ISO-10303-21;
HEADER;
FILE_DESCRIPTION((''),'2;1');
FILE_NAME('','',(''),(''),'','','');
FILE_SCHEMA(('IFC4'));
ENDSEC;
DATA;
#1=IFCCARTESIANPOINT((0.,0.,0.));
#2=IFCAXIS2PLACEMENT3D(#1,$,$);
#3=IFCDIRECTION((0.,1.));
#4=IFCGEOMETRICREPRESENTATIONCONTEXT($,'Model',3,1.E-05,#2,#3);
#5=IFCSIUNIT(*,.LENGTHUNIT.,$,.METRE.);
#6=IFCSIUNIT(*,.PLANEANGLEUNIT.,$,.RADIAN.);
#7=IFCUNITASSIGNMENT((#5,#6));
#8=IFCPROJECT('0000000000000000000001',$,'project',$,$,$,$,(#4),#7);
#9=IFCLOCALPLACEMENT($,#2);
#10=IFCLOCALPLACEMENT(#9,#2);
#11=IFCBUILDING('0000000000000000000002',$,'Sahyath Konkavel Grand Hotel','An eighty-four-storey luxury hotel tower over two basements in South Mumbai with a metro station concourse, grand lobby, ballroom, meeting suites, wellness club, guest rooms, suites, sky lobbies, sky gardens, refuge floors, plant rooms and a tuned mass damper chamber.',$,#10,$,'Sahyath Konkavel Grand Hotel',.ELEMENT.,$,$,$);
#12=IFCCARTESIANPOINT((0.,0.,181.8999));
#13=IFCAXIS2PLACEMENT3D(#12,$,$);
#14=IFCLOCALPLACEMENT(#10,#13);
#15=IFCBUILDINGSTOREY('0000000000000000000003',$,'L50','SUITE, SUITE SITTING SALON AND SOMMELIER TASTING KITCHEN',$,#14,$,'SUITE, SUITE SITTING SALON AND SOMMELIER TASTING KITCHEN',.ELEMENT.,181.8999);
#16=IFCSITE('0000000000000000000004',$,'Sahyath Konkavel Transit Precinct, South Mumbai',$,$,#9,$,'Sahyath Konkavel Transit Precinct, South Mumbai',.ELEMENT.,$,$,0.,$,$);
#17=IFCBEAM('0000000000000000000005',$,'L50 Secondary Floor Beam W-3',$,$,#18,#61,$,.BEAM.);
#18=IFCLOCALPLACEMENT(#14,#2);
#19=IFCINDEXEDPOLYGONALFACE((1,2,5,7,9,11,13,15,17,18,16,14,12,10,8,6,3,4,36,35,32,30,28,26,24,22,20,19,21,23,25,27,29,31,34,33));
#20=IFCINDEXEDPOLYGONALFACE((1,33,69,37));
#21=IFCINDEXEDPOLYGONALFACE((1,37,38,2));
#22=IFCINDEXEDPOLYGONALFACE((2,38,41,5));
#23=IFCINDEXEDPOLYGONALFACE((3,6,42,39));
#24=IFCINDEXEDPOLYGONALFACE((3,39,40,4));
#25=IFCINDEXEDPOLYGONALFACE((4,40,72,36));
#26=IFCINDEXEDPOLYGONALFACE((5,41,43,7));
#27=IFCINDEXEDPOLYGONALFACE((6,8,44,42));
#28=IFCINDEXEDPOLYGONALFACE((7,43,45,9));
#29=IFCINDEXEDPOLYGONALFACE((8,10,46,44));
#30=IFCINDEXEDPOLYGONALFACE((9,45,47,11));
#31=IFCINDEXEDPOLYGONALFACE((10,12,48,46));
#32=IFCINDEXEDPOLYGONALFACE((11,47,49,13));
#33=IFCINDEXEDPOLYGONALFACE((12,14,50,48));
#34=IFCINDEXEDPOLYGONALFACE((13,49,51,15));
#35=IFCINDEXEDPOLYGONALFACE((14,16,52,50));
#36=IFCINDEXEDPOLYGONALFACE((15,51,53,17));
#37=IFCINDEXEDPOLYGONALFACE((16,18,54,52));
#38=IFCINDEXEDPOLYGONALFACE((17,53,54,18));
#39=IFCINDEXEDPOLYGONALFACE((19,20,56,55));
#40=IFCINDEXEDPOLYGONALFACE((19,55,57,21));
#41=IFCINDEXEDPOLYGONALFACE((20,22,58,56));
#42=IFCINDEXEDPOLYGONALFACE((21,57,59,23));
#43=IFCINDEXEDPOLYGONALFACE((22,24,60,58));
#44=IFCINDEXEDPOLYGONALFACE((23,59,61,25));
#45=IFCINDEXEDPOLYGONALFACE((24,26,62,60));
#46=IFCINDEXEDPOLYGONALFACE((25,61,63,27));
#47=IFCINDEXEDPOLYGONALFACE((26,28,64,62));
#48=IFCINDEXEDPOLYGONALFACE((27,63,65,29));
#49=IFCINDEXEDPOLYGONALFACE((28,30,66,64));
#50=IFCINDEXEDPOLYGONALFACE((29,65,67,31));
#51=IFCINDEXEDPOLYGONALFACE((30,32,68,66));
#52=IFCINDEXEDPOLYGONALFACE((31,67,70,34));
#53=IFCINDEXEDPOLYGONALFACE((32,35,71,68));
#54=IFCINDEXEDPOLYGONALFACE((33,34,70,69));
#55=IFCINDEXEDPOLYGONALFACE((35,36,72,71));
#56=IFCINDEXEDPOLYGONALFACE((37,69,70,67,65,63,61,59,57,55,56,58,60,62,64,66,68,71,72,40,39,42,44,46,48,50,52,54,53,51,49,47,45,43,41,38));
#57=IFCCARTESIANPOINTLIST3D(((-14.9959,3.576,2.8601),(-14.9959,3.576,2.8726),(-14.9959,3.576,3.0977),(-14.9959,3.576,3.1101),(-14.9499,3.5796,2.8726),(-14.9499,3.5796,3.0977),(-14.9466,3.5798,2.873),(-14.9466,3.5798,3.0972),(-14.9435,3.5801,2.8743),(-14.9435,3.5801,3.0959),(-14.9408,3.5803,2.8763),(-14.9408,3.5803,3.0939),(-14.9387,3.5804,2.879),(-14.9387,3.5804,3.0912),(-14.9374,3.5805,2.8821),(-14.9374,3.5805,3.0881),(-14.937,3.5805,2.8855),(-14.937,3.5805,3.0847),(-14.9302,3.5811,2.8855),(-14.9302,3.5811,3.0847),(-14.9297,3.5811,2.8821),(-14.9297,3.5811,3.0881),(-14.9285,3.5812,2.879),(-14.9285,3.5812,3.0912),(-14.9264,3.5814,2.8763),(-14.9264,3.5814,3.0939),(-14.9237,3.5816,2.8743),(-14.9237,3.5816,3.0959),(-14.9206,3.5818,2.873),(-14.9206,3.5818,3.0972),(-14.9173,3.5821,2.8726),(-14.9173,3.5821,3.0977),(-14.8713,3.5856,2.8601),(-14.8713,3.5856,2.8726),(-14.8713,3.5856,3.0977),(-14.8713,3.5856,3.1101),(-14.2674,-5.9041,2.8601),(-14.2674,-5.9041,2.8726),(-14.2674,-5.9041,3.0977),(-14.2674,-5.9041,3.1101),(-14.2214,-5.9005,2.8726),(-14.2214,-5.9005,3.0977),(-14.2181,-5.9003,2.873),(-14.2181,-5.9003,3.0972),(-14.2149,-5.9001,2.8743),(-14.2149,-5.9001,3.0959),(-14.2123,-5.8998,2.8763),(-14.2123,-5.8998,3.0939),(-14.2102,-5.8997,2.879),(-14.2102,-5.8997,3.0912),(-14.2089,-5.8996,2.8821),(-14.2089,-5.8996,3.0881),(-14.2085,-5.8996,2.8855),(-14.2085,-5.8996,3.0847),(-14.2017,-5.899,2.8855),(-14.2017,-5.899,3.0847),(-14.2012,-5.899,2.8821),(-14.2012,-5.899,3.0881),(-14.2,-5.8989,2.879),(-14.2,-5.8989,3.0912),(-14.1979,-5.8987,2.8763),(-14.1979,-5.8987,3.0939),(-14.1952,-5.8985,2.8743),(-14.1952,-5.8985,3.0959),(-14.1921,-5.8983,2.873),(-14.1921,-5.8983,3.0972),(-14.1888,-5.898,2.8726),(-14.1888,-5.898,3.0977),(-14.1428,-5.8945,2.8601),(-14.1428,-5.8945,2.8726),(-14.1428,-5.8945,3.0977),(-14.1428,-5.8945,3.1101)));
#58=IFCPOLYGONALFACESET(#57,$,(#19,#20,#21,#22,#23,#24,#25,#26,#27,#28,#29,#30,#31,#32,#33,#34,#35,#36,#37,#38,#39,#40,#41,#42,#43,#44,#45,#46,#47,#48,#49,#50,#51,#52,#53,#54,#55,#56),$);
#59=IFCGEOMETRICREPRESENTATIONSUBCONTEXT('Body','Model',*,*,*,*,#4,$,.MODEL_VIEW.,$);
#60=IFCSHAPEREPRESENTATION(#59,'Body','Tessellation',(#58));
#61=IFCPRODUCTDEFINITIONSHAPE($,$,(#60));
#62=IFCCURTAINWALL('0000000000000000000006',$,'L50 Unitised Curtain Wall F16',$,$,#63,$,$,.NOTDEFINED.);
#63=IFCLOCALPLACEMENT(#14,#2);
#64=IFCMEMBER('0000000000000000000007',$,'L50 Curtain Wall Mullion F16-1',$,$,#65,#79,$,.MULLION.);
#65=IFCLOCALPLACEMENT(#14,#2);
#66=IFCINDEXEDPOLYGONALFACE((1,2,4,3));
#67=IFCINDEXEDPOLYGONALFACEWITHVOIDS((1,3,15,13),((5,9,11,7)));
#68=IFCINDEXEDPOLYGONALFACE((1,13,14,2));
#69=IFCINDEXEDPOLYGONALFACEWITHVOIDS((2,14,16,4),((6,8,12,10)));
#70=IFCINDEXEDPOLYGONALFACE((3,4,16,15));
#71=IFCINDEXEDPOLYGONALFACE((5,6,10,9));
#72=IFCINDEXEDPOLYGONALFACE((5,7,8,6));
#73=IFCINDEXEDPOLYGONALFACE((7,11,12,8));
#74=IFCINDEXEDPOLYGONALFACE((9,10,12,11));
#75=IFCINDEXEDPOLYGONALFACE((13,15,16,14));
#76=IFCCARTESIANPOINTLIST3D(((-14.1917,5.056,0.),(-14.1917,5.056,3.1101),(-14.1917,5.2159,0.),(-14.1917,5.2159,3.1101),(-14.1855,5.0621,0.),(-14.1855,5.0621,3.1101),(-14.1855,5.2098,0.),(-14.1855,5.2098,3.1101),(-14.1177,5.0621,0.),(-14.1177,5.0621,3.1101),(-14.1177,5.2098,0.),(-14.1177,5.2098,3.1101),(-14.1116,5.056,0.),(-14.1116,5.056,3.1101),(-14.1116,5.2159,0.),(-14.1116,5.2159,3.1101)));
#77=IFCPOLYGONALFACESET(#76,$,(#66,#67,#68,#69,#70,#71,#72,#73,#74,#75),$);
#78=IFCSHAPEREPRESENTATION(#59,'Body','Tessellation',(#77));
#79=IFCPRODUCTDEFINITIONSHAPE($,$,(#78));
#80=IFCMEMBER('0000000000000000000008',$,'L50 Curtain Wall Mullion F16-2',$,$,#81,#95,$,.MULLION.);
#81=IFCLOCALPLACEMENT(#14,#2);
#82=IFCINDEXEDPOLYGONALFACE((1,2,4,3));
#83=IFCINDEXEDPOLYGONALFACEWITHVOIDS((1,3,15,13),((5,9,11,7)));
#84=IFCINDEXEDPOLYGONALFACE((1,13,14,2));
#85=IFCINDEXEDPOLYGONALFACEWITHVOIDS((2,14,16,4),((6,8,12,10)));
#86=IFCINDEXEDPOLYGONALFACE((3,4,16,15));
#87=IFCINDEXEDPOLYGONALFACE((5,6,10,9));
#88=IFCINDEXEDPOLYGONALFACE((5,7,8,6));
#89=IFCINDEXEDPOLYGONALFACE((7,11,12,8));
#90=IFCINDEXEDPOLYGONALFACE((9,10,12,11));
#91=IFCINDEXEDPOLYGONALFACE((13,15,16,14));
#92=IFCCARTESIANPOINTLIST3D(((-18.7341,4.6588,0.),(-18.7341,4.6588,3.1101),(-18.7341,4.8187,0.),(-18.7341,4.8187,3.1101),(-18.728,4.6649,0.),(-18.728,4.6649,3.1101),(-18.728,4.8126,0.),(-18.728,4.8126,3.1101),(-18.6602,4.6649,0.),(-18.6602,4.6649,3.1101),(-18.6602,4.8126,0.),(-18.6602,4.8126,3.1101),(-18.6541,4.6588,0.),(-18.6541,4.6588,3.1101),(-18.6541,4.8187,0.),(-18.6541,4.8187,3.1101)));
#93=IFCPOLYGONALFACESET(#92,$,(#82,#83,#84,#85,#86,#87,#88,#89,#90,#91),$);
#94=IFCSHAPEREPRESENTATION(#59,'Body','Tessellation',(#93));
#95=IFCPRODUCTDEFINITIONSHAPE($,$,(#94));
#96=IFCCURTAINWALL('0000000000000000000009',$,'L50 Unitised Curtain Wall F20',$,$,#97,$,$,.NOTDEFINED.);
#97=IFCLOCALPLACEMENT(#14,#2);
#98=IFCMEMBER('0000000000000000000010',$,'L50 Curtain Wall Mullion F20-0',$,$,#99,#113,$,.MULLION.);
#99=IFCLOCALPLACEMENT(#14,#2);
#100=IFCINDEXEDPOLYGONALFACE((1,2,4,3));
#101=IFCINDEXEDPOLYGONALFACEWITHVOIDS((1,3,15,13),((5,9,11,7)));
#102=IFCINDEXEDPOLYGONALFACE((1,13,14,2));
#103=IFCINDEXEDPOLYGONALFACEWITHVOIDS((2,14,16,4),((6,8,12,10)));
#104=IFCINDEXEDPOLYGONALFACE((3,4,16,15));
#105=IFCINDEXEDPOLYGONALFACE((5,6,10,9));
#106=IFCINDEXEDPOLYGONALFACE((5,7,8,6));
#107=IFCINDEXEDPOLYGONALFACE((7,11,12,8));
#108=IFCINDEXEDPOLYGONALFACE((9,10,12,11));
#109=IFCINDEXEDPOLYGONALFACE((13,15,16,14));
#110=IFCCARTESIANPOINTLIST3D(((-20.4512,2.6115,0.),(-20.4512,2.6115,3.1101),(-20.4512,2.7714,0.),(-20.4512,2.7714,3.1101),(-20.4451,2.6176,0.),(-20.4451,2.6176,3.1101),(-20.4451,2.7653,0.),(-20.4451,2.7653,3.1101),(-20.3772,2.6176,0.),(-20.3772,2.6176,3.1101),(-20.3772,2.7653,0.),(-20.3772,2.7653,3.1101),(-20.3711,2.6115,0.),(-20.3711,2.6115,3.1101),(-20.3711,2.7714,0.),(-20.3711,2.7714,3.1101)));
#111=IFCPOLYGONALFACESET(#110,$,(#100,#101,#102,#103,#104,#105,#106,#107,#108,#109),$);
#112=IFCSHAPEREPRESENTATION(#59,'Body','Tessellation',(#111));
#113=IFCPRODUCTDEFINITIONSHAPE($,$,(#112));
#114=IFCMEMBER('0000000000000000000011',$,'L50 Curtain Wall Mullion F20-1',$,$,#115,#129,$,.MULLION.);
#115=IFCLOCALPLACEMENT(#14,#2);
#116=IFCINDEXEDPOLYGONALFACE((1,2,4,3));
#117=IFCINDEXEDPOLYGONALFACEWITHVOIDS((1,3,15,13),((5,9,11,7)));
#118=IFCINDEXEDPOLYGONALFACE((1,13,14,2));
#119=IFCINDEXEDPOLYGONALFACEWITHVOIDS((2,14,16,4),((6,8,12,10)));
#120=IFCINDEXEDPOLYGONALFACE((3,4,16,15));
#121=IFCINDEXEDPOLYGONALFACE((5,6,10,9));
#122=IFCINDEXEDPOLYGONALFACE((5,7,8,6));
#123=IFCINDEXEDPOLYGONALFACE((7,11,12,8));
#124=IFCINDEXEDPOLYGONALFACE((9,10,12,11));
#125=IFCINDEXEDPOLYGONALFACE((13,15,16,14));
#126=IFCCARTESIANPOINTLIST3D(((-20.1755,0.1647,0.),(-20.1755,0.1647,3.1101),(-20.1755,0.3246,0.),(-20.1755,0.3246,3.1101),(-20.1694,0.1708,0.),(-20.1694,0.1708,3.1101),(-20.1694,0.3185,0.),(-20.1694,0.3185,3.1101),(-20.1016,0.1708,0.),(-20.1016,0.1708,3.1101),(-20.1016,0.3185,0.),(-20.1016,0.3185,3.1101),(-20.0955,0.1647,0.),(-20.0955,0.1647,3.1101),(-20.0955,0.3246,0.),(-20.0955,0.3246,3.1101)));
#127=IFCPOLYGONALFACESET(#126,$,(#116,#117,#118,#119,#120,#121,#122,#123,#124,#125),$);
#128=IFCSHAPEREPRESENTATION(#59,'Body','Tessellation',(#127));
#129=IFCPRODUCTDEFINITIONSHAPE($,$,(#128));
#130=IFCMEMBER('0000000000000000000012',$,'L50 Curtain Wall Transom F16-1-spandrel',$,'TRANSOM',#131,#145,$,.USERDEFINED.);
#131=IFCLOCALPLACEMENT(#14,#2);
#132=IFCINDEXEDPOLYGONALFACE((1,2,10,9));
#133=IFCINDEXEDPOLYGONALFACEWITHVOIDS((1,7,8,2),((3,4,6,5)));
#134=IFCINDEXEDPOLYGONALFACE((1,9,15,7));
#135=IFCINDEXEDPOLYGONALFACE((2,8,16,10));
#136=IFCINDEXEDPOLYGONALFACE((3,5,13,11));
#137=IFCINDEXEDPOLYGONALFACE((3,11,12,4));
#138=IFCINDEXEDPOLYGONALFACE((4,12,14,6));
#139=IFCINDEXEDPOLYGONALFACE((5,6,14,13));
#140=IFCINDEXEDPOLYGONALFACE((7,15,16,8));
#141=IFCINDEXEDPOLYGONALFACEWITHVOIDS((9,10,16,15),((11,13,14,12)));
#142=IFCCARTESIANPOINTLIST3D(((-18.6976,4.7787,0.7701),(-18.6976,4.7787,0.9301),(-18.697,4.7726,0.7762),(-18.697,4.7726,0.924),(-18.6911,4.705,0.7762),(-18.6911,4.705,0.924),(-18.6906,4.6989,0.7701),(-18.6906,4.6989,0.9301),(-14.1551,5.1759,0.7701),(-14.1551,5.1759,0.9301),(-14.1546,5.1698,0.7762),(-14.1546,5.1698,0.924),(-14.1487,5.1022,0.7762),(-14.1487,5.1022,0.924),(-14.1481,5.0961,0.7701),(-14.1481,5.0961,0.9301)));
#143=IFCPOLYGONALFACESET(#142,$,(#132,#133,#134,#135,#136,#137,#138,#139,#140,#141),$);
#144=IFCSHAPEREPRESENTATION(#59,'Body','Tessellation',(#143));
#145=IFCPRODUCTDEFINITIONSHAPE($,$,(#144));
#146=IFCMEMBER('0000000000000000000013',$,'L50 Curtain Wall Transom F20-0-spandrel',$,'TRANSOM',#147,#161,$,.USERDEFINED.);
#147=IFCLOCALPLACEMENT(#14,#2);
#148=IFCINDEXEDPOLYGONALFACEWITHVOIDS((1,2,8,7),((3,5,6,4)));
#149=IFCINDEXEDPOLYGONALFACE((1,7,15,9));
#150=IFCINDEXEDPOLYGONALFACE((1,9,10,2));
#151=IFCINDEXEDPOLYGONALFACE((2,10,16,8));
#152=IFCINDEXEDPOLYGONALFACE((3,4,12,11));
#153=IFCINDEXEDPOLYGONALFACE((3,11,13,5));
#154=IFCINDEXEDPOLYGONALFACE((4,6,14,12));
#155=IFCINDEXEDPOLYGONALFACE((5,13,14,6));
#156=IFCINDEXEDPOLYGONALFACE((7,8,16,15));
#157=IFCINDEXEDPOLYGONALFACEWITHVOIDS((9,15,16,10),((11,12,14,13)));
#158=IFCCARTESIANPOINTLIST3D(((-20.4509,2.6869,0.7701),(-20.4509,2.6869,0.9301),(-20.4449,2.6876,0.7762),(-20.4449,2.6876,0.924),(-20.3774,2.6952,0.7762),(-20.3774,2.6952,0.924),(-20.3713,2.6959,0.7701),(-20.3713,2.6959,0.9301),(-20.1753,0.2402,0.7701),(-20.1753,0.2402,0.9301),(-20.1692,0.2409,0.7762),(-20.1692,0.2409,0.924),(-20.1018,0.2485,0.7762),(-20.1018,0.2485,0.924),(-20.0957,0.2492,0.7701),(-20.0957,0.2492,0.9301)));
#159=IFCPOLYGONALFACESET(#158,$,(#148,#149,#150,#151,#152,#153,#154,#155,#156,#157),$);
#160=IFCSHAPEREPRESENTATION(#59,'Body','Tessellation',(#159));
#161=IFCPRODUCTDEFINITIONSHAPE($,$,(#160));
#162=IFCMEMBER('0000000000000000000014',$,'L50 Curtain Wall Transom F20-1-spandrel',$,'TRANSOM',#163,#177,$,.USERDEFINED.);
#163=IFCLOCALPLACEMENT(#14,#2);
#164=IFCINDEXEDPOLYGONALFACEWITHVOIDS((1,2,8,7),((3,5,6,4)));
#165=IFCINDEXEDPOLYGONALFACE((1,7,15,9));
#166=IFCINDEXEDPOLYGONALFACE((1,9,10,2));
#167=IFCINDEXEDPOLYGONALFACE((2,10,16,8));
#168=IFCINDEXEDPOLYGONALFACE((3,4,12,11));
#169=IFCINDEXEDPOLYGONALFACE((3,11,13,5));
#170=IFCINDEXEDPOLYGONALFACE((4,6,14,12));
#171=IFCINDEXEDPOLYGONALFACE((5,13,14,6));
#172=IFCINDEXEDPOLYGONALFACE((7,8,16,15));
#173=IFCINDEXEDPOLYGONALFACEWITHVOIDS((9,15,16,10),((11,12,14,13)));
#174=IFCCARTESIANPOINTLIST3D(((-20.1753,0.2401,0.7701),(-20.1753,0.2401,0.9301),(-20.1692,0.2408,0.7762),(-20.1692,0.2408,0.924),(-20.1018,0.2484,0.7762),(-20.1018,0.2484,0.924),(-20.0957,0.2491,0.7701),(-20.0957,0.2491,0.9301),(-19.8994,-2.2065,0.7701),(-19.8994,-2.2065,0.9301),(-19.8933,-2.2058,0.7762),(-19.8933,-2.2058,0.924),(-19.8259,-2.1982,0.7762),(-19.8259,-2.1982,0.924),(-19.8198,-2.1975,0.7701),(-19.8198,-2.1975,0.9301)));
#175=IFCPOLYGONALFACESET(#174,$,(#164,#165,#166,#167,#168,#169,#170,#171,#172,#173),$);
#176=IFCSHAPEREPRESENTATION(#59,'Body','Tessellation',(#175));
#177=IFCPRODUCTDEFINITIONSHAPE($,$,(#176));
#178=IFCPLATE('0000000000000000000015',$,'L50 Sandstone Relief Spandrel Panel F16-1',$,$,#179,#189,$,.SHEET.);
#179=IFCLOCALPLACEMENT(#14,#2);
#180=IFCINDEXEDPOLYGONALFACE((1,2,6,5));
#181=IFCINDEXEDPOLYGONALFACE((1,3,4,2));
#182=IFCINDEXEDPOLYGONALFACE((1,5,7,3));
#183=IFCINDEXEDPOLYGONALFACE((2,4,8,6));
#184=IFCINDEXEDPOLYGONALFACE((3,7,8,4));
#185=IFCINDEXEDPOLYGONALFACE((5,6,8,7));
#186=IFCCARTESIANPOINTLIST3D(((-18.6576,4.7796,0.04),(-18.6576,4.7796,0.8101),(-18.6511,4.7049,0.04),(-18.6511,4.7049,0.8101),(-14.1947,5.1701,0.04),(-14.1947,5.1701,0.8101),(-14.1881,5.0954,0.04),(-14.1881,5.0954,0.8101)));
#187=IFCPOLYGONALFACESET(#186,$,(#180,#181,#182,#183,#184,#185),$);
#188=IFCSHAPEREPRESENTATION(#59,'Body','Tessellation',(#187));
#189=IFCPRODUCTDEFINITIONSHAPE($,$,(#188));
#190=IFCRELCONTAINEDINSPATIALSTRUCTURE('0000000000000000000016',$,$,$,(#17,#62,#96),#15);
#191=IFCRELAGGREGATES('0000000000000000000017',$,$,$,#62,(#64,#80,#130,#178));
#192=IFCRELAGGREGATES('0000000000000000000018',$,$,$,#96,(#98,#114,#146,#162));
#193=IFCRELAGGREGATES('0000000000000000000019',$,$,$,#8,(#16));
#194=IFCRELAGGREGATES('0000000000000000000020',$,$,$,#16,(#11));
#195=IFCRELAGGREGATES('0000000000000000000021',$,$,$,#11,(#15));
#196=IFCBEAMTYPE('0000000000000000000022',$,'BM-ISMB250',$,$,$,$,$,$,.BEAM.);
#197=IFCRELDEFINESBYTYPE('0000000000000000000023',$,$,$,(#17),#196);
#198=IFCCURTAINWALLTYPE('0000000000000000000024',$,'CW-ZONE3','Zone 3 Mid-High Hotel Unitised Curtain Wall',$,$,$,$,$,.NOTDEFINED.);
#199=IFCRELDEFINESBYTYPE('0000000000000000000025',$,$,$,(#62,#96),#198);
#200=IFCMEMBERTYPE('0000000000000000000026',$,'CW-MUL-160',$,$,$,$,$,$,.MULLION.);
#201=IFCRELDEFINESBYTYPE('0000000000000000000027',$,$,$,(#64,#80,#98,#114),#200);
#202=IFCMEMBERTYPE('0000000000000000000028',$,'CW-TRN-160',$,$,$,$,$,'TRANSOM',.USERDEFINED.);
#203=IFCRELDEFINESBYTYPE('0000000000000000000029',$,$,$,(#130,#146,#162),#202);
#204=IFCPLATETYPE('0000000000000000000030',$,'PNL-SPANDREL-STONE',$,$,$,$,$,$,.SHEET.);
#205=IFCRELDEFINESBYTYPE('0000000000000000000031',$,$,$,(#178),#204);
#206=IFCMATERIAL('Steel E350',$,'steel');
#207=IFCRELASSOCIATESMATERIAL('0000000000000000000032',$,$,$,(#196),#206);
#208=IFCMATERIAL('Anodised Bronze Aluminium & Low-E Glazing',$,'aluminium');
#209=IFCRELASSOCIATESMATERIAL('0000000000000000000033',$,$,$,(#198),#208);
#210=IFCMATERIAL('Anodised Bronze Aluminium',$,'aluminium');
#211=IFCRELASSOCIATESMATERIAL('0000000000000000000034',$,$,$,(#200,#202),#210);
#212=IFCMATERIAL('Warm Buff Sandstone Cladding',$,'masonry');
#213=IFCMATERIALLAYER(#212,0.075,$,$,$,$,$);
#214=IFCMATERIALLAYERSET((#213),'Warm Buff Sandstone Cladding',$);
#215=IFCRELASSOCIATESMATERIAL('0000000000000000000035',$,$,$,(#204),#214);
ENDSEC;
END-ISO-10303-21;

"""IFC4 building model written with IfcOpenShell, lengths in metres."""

from ifc_helpers import new_model, si_unit, direction, frame, origin, origin_2d, place, context, subcontext, project, spatial, rectangle, hollow_rectangle, i_section, extrude, source, transform, mapped, material, layer, layer_set, material_profile, profile_set, type_object, element, aggregate, save


model = new_model("IFC4")

# Units and contexts
model_context = context("Model", 3, precision=1e-05, world=origin(), true_north=direction((0.0, 1.0)))
body_context = subcontext(model_context, "Body", "Model", "MODEL_VIEW")
ifc_project = project(units=[si_unit("LENGTHUNIT", "METRE"), si_unit("PLANEANGLEUNIT", "RADIAN")], contexts=[model_context])

# Site, building, storey
site_placement = place(None, origin())
site = spatial("IfcSite", under=ifc_project, at=site_placement, Name="Sahyath Konkavel Transit Precinct, South Mumbai", LongName="Sahyath Konkavel Transit Precinct, South Mumbai", CompositionType="ELEMENT", RefElevation=0.0)
building_placement = place(site_placement, origin())
building = spatial("IfcBuilding", under=site, at=building_placement, Name="Sahyath Konkavel Grand Hotel", Description="An eighty-four-storey luxury hotel tower over two basements in South Mumbai with a metro station concourse, grand lobby, ballroom, meeting suites, wellness club, guest rooms, suites, sky lobbies, sky gardens, refuge floors, plant rooms and a tuned mass damper chamber.", LongName="Sahyath Konkavel Grand Hotel", CompositionType="ELEMENT")
storey_placement = place(building_placement, frame((0.0, 0.0, 181.8999)))
storey = spatial("IfcBuildingStorey", under=building, at=storey_placement, Name="L50", Description="SUITE, SUITE SITTING SALON AND SOMMELIER TASTING KITCHEN", LongName="SUITE, SUITE SITTING SALON AND SOMMELIER TASTING KITCHEN", CompositionType="ELEMENT", Elevation=181.8999)

# Beam
ifc_material_1 = material(Name="Steel E350", Category="steel")
ifc_material_profile_1 = material_profile(ifc_material_1, i_section(OverallWidth=0.125, OverallDepth=0.25, WebThickness=0.0068, FlangeThickness=0.0125, FilletRadius=0.0129, at=origin_2d()), Name="ISMB 250")
ifc_profile_set_1 = profile_set([ifc_material_profile_1], Name="Steel E350")
beam_type_1 = type_object("IfcBeamType", Name="BM-ISMB250", PredefinedType="BEAM", material=ifc_profile_set_1)
shared_shape_1 = source(origin(), body_context, "Body", "SweptSolid", [
    extrude(i_section(OverallWidth=0.125, OverallDepth=0.25, WebThickness=0.0068, FlangeThickness=0.0125, FilletRadius=0.0129, at=origin_2d()), origin(), (0.0, 0.0, 1.0), 9.5081),
])
beam_1_placement = place(storey_placement, frame((-14.9336, 3.5808, 2.9851), z_axis=(0.07662, -0.99706, 0.0), x_axis=(0.99706, 0.07662, 0.0)))
element("IfcBeam", 1, at=beam_1_placement, inside=storey, type_object=beam_type_1, Name="L50 Secondary Floor Beam W-3", PredefinedType="BEAM", context=body_context, shape_type="MappedRepresentation", body=[
    mapped(shared_shape_1, transform((0.0, 0.0, 0.0), scale=1.0)),
])

# Curtain walls, members
ifc_material_2 = material(Name="Anodised Bronze Aluminium & Low-E Glazing", Category="aluminium")
curtain_wall_type = type_object("IfcCurtainWallType", Name="CW-ZONE3", Description="Zone 3 Mid-High Hotel Unitised Curtain Wall", PredefinedType="NOTDEFINED", material=ifc_material_2)
curtain_wall_1_placement = place(storey_placement, origin())
curtain_wall_1 = element("IfcCurtainWall", 2, at=curtain_wall_1_placement, inside=storey, type_object=curtain_wall_type, Name="L50 Unitised Curtain Wall F16", PredefinedType="NOTDEFINED")
ifc_material_3 = material(Name="Anodised Bronze Aluminium", Category="aluminium")
ifc_material_profile_2 = material_profile(ifc_material_3, hollow_rectangle(XDim=0.0801, YDim=0.1599, WallThickness=0.0061, at=origin_2d()), Name="RHS 160x80x6")
ifc_profile_set_2 = profile_set([ifc_material_profile_2], Name="Anodised Bronze Aluminium")
member_type_1 = type_object("IfcMemberType", Name="CW-MUL-160", PredefinedType="MULLION", material=ifc_profile_set_2)
shared_shape_2 = source(origin(), body_context, "Body", "SweptSolid", [
    extrude(hollow_rectangle(XDim=0.0801, YDim=0.1599, WallThickness=0.0061, at=origin_2d()), origin(), (0.0, 0.0, 1.0), 3.1101),
])
member_1_placement = place(storey_placement, frame((-14.1516, 5.136, 0.0), z_axis=(0.0, 0.0, 1.0), x_axis=(1.0, 0.0, 0.0)))
member_1 = element("IfcMember", 3, at=member_1_placement, type_object=member_type_1, Name="L50 Curtain Wall Mullion F16-1", PredefinedType="MULLION", context=body_context, shape_type="MappedRepresentation", body=[
    mapped(shared_shape_2, transform((0.0, 0.0, 0.0), scale=1.0)),
])
member_2_placement = place(storey_placement, frame((-18.6941, 4.7388, 0.0), z_axis=(0.0, 0.0, 1.0), x_axis=(1.0, 0.0, 0.0)))
member_2 = element("IfcMember", 4, at=member_2_placement, type_object=member_type_1, Name="L50 Curtain Wall Mullion F16-2", PredefinedType="MULLION", context=body_context, shape_type="MappedRepresentation", body=[
    mapped(shared_shape_2, transform((0.0, 0.0, 0.0), scale=1.0)),
])
curtain_wall_2_placement = place(storey_placement, origin())
curtain_wall_2 = element("IfcCurtainWall", 5, at=curtain_wall_2_placement, inside=storey, type_object=curtain_wall_type, Name="L50 Unitised Curtain Wall F20", PredefinedType="NOTDEFINED")
member_3_placement = place(storey_placement, frame((-20.4111, 2.6914, 0.0), z_axis=(0.0, 0.0, 1.0), x_axis=(1.0, 0.0, 0.0)))
member_3 = element("IfcMember", 6, at=member_3_placement, type_object=member_type_1, Name="L50 Curtain Wall Mullion F20-0", PredefinedType="MULLION", context=body_context, shape_type="MappedRepresentation", body=[
    mapped(shared_shape_2, transform((0.0, 0.0, 0.0), scale=1.0)),
])
member_4_placement = place(storey_placement, frame((-20.1355, 0.2446, 0.0), z_axis=(0.0, 0.0, 1.0), x_axis=(1.0, 0.0, 0.0)))
member_4 = element("IfcMember", 7, at=member_4_placement, type_object=member_type_1, Name="L50 Curtain Wall Mullion F20-1", PredefinedType="MULLION", context=body_context, shape_type="MappedRepresentation", body=[
    mapped(shared_shape_2, transform((0.0, 0.0, 0.0), scale=1.0)),
])

# Members
ifc_material_profile_3 = material_profile(ifc_material_3, hollow_rectangle(XDim=0.0801, YDim=0.1599, WallThickness=0.0061, at=origin_2d()), Name="RHS 160x80x6")
ifc_profile_set_3 = profile_set([ifc_material_profile_3], Name="Anodised Bronze Aluminium")
member_type_2 = type_object("IfcMemberType", Name="CW-TRN-160", ElementType="TRANSOM", PredefinedType="USERDEFINED", material=ifc_profile_set_3)
shared_shape_3 = source(origin(), body_context, "Body", "SweptSolid", [
    extrude(hollow_rectangle(XDim=0.0801, YDim=0.1599, WallThickness=0.0061, at=origin_2d()), origin(), (0.0, 0.0, 1.0), 4.5598),
])
member_5_placement = place(storey_placement, frame((-14.1516, 5.136, 0.8501), z_axis=(-0.996198, -0.087112, 0.0), x_axis=(0.087112, -0.996198, 0.0)))
member_5 = element("IfcMember", 8, at=member_5_placement, type_object=member_type_2, Name="L50 Curtain Wall Transom F16-1-spandrel", ObjectType="TRANSOM", PredefinedType="USERDEFINED", context=body_context, shape_type="MappedRepresentation", body=[
    mapped(shared_shape_3, transform((0.0, 0.0, 0.0), scale=1.0)),
])
shared_shape_4 = source(origin(), body_context, "Body", "SweptSolid", [
    extrude(hollow_rectangle(XDim=0.0801, YDim=0.1599, WallThickness=0.0061, at=origin_2d()), origin(), (0.0, 0.0, 1.0), 2.4622),
])
member_6_placement = place(storey_placement, frame((-20.4111, 2.6914, 0.8501), z_axis=(0.111944, -0.993715, 0.0), x_axis=(0.993715, 0.111944, 0.0)))
member_6 = element("IfcMember", 9, at=member_6_placement, type_object=member_type_2, Name="L50 Curtain Wall Transom F20-0-spandrel", ObjectType="TRANSOM", PredefinedType="USERDEFINED", context=body_context, shape_type="MappedRepresentation", body=[
    mapped(shared_shape_4, transform((0.0, 0.0, 0.0), scale=1.0)),
])
member_7_placement = place(storey_placement, frame((-20.1355, 0.2446, 0.8501), z_axis=(0.112053, -0.993702, 0.0), x_axis=(0.993702, 0.112053, 0.0)))
member_7 = element("IfcMember", 10, at=member_7_placement, type_object=member_type_2, Name="L50 Curtain Wall Transom F20-1-spandrel", ObjectType="TRANSOM", PredefinedType="USERDEFINED", context=body_context, shape_type="MappedRepresentation", body=[
    mapped(shared_shape_4, transform((0.0, 0.0, 0.0), scale=1.0)),
])

# Plate
ifc_material_4 = material(Name="Warm Buff Sandstone Cladding", Category="masonry")
ifc_layer_1 = layer(ifc_material_4, 0.075)
ifc_layer_set_1 = layer_set([ifc_layer_1], Name="Warm Buff Sandstone Cladding")
plate_type_1 = type_object("IfcPlateType", Name="PNL-SPANDREL-STONE", PredefinedType="SHEET", material=ifc_layer_set_1)
shared_shape_5 = source(origin(), body_context, "Body", "SweptSolid", [
    extrude(rectangle(XDim=4.48, YDim=0.075, at=origin_2d()), origin(), (0.0, 0.0, 1.0), 0.77),
])
plate_1_placement = place(storey_placement, frame((-16.4229, 4.9375, 0.04), z_axis=(0.0, 0.0, 1.0), x_axis=(-0.996195, -0.087156, 0.0)))
plate_1 = element("IfcPlate", 11, at=plate_1_placement, type_object=plate_type_1, Name="L50 Sandstone Relief Spandrel Panel F16-1", PredefinedType="SHEET", context=body_context, shape_type="MappedRepresentation", body=[
    mapped(shared_shape_5, transform((0.0, 0.0, 0.0), scale=1.0)),
])
aggregate(curtain_wall_1, [member_1, member_2, member_5, plate_1])
aggregate(curtain_wall_2, [member_3, member_4, member_6, member_7])

save(model, "model.ifc")
